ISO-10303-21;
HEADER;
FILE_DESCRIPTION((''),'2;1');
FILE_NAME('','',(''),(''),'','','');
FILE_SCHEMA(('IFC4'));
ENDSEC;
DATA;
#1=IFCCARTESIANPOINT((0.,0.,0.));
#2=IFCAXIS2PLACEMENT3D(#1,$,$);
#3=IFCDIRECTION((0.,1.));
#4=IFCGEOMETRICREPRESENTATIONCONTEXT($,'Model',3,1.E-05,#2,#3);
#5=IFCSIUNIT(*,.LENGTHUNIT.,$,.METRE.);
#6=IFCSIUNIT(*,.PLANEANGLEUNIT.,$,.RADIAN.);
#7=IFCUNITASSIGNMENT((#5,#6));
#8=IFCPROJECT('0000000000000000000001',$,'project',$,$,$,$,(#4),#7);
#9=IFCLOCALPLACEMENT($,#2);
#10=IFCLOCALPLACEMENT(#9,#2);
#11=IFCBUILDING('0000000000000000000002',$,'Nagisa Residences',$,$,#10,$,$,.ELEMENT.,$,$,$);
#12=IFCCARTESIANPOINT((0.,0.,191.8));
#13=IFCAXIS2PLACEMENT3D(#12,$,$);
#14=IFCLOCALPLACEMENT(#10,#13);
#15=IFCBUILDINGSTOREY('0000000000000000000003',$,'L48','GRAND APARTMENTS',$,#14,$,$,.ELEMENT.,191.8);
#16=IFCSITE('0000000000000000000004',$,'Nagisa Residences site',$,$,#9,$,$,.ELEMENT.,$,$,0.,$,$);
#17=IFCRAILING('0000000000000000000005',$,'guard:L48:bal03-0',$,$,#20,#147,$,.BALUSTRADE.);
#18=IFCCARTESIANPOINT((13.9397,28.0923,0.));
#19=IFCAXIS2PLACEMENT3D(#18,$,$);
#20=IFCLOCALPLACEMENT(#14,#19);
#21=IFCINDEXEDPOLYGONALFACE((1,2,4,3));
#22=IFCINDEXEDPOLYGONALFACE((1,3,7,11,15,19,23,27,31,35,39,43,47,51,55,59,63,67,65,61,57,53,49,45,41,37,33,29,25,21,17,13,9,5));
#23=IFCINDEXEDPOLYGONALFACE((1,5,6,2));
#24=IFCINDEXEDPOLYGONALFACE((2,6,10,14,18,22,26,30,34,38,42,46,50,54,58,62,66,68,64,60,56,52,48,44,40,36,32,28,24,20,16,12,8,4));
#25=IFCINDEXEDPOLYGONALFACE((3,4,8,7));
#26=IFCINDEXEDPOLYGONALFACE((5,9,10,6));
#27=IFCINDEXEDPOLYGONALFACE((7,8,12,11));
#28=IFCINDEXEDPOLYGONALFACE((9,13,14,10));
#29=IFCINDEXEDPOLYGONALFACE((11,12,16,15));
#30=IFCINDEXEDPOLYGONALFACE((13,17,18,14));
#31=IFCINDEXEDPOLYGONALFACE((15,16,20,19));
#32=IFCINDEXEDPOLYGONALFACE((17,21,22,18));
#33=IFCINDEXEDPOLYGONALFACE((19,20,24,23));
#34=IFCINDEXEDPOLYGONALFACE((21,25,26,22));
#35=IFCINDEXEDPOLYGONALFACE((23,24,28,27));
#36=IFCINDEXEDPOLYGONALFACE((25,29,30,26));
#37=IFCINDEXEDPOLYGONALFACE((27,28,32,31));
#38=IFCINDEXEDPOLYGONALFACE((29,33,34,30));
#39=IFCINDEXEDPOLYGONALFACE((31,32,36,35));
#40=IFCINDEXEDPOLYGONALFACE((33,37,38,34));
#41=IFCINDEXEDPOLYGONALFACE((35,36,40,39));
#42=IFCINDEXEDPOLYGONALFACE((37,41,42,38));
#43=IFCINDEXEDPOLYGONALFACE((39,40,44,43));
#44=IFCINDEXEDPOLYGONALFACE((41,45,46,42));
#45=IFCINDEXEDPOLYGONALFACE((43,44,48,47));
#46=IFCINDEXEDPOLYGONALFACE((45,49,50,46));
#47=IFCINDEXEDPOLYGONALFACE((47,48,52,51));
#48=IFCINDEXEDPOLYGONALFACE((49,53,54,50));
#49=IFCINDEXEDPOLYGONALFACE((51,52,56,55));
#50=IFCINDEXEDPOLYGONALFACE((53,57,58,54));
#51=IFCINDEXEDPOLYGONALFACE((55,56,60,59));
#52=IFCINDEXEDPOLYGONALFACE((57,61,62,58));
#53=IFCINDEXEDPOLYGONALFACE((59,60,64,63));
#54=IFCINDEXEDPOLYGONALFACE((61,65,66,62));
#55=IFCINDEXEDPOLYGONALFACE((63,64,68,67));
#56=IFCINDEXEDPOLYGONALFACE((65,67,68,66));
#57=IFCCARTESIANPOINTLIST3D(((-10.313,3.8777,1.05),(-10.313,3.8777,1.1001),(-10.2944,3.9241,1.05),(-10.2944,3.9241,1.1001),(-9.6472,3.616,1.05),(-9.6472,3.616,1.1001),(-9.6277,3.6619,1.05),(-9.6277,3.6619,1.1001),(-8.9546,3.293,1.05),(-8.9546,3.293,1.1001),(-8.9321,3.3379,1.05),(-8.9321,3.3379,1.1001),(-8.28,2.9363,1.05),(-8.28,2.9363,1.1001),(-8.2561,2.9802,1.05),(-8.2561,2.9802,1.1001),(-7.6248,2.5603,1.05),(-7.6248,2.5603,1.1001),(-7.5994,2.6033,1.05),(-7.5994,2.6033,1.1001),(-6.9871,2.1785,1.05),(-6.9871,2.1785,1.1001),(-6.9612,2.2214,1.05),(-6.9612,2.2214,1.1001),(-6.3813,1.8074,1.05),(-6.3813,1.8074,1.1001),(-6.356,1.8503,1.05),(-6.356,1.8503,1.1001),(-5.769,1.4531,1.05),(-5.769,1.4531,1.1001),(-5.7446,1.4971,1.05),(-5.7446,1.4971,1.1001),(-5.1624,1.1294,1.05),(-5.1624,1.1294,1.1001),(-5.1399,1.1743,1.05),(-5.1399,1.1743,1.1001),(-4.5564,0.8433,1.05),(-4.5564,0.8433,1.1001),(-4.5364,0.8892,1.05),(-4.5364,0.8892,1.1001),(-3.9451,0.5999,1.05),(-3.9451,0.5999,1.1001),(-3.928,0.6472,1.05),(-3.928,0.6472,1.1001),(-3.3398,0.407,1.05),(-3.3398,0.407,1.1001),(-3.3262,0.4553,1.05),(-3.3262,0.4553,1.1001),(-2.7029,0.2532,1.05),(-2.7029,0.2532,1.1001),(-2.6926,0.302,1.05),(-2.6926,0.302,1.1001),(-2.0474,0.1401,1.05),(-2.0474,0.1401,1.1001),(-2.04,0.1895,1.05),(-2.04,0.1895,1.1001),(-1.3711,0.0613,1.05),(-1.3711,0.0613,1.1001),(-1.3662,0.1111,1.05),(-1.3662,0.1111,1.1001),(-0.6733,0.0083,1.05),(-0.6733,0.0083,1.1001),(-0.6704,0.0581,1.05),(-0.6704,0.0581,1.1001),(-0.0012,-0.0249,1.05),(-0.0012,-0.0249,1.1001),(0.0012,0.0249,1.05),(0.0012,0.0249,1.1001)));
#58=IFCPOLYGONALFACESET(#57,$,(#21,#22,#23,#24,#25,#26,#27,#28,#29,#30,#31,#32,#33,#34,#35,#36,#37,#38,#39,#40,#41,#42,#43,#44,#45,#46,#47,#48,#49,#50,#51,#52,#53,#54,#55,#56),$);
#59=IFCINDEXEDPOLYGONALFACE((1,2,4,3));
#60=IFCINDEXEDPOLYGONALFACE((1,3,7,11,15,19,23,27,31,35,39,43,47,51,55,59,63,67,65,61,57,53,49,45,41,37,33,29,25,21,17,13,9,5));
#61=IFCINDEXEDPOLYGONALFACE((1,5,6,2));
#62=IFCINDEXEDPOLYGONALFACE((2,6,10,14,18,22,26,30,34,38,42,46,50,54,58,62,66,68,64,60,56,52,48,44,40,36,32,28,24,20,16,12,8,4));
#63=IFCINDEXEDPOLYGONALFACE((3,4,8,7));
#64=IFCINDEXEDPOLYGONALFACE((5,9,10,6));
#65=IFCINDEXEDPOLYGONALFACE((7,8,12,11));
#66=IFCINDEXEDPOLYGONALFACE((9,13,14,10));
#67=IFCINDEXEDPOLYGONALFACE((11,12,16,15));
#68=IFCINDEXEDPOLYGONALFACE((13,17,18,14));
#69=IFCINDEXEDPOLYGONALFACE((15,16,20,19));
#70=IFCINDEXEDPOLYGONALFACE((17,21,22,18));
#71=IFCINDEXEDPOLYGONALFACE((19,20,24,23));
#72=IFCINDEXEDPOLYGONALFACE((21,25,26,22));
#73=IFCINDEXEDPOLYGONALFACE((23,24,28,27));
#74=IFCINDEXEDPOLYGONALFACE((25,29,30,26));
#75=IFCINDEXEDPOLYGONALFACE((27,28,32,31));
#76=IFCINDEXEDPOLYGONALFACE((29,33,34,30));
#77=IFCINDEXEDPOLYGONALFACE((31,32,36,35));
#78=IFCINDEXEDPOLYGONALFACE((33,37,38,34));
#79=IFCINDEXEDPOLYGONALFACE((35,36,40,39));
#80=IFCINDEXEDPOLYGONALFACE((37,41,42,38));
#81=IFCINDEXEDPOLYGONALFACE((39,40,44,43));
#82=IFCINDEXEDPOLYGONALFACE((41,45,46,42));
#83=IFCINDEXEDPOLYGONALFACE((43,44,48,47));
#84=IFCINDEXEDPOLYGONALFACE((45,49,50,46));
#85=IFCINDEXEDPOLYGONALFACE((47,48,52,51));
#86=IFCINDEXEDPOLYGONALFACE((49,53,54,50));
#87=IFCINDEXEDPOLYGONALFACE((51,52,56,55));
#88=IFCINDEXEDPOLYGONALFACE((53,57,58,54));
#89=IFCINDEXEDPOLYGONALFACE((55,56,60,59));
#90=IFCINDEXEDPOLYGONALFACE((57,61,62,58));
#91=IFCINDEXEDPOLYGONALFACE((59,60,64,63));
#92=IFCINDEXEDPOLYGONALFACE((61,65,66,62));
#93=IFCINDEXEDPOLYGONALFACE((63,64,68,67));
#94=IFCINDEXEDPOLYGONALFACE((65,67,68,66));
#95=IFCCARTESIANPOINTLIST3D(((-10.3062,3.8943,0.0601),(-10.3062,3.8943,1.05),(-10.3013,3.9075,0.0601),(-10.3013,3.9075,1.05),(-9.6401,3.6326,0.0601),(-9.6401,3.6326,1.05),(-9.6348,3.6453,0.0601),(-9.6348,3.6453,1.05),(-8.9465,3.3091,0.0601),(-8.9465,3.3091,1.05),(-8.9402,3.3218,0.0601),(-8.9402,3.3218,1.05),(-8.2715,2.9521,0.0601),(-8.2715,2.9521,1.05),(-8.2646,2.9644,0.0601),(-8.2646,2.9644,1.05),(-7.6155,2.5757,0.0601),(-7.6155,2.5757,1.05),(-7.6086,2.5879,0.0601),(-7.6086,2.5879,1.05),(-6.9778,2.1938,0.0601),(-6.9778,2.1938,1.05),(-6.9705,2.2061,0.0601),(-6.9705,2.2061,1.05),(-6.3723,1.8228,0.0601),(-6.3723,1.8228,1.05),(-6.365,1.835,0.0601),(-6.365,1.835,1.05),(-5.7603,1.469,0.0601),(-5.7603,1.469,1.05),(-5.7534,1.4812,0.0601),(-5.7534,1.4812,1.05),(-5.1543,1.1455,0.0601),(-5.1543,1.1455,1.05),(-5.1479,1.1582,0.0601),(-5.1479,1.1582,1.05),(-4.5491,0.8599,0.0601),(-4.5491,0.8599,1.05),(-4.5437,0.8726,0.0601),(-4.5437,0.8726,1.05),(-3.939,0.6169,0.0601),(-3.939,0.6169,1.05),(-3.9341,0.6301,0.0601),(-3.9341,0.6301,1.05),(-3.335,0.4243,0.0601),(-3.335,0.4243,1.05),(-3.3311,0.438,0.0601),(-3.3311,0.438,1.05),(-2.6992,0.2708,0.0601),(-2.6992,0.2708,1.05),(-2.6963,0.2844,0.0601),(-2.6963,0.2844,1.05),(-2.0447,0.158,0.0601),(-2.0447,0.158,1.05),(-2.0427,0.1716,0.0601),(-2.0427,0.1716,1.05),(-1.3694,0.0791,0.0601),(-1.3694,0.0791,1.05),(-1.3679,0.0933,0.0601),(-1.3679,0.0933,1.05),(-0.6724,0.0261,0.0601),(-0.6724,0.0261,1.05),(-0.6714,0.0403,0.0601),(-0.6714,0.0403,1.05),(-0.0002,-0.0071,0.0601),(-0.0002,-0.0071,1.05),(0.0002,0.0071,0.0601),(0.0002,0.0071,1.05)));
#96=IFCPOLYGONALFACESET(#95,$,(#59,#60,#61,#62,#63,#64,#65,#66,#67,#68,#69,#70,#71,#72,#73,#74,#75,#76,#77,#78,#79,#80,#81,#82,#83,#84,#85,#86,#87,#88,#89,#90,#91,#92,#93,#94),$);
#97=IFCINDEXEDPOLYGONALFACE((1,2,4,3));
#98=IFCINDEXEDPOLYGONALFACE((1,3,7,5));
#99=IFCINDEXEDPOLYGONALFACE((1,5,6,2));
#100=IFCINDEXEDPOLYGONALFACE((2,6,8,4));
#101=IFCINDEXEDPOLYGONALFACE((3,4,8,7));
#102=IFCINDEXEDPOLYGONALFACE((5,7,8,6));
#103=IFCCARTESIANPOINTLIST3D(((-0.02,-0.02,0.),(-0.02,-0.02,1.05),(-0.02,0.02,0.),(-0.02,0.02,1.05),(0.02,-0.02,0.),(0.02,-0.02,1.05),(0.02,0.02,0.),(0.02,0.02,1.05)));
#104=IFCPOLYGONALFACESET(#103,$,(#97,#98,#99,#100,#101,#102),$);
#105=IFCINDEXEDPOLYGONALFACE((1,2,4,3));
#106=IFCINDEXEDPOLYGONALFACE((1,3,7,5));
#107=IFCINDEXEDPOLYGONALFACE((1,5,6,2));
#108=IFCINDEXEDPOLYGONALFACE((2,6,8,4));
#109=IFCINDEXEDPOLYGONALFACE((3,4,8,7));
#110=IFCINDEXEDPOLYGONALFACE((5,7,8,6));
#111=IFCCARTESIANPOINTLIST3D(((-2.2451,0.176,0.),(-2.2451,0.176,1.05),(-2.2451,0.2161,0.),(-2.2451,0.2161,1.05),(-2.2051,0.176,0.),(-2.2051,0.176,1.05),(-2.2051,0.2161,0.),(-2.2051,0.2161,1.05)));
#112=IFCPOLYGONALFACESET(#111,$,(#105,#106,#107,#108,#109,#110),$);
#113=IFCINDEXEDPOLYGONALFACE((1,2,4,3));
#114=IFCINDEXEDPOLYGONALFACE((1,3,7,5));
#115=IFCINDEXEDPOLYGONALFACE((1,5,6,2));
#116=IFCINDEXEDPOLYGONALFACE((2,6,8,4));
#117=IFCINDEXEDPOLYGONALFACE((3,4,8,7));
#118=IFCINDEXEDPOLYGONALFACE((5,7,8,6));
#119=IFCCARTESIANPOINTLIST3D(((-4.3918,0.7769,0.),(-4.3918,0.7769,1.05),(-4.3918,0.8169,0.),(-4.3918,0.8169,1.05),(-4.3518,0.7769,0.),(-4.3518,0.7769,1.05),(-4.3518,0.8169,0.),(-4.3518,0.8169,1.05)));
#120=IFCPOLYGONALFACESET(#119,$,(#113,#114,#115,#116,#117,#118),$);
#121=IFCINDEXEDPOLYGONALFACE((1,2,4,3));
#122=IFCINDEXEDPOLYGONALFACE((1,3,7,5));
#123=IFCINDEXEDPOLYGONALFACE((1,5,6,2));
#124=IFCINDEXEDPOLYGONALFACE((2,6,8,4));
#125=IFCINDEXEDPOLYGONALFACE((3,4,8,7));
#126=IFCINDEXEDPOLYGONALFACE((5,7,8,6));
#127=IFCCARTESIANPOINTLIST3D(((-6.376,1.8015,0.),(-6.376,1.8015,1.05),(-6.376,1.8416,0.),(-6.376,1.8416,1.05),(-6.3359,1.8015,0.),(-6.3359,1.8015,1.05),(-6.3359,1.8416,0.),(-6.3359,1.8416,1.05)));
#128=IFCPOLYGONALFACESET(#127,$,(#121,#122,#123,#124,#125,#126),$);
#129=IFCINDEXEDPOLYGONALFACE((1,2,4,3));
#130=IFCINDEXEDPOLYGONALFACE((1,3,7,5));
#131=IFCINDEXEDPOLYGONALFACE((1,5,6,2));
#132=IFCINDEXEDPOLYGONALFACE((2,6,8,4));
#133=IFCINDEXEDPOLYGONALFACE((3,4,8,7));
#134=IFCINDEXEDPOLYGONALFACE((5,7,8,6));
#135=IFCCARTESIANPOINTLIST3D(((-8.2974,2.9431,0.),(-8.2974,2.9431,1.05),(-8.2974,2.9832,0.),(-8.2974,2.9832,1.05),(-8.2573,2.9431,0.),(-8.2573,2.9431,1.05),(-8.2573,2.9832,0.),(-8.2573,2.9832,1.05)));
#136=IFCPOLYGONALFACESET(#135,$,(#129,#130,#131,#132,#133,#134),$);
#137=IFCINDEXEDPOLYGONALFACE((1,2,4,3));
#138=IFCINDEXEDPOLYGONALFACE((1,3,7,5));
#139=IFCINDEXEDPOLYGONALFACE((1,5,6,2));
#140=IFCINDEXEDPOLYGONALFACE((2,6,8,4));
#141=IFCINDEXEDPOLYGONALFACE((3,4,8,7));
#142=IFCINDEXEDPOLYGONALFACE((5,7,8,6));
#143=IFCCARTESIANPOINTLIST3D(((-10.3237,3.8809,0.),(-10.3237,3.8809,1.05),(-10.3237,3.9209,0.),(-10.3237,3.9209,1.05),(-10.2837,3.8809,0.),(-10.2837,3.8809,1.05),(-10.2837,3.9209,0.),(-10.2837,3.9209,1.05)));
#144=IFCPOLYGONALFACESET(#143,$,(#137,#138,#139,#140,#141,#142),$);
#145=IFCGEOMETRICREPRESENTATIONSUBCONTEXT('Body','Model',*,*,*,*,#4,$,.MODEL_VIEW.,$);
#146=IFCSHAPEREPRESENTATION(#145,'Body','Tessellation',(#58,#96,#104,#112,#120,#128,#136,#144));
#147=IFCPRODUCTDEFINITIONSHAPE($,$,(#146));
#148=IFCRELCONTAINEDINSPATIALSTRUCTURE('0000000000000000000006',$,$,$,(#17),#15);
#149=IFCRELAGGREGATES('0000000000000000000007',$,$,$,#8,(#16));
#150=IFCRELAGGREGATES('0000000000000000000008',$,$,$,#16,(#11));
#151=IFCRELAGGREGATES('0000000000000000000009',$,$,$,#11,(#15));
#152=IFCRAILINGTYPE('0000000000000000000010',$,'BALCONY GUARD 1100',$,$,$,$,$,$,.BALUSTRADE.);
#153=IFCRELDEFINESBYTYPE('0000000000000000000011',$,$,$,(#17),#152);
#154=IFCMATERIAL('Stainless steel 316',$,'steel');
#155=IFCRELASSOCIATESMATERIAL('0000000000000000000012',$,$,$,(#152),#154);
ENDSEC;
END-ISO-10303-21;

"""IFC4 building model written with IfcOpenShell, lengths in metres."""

from ifc_helpers import new_model, si_unit, direction, frame, origin, origin_2d, place, context, subcontext, project, spatial, polyline, rectangle, outline, extrude, material, type_object, element, save


model = new_model("IFC4")

# Units and contexts
model_context = context("Model", 3, precision=1e-05, world=origin(), true_north=direction((0.0, 1.0)))
body_context = subcontext(model_context, "Body", "Model", "MODEL_VIEW")
ifc_project = project(units=[si_unit("LENGTHUNIT", "METRE"), si_unit("PLANEANGLEUNIT", "RADIAN")], contexts=[model_context])

# Site, building, storey
site_placement = place(None, origin())
site = spatial("IfcSite", under=ifc_project, at=site_placement, Name="Nagisa Residences site", CompositionType="ELEMENT", RefElevation=0.0)
building_placement = place(site_placement, origin())
building = spatial("IfcBuilding", under=site, at=building_placement, Name="Nagisa Residences", CompositionType="ELEMENT")
storey_placement = place(building_placement, frame((0.0, 0.0, 191.8)))
storey = spatial("IfcBuildingStorey", under=building, at=storey_placement, Name="L48", Description="GRAND APARTMENTS", CompositionType="ELEMENT", Elevation=191.8)

# Railing
ifc_material_1 = material(Name="Stainless steel 316", Category="steel")
railing_type = type_object("IfcRailingType", Name="BALCONY GUARD 1100", PredefinedType="BALUSTRADE", material=ifc_material_1)
railing_1_placement = place(storey_placement, frame((13.9397, 28.0923, 0.0)))
element("IfcRailing", 1, at=railing_1_placement, inside=storey, type_object=railing_type, Name="guard:L48:bal03-0", PredefinedType="BALUSTRADE", context=body_context, shape_type="SweptSolid", body=[
    extrude(outline(polyline([(-0.6733, 0.0083), (-0.0012, -0.0249), (0.0012, 0.0249), (-0.6704, 0.0581), (-1.3662, 0.1111), (-2.04, 0.1895), (-2.6926, 0.302), (-3.3262, 0.4553), (-3.928, 0.6472), (-4.5364, 0.8892), (-5.1399, 1.1743), (-5.7446, 1.4971), (-6.356, 1.8503), (-6.9612, 2.2214), (-7.5994, 2.6033), (-8.2561, 2.9802), (-8.9321, 3.3379), (-9.6277, 3.6619), (-10.2944, 3.9241), (-10.313, 3.8777), (-9.6472, 3.616), (-8.9546, 3.293), (-8.28, 2.9363), (-7.6248, 2.5603), (-6.9871, 2.1785), (-6.3813, 1.8074), (-5.769, 1.4531), (-5.1624, 1.1294), (-4.5564, 0.8433), (-3.9451, 0.5999), (-3.3398, 0.407), (-2.7029, 0.2532), (-2.0474, 0.1401), (-1.3711, 0.0613), (-0.6733, 0.0083)])), frame((0.0, 0.0, 1.05)), (0.0, 0.0, 1.0), 0.05),
    extrude(outline(polyline([(-0.6724, 0.0261), (-0.0002, -0.0071), (0.0002, 0.0071), (-0.6714, 0.0403), (-1.3679, 0.0933), (-2.0427, 0.1716), (-2.6963, 0.2844), (-3.3311, 0.438), (-3.9341, 0.6301), (-4.5437, 0.8726), (-5.1479, 1.1582), (-5.7534, 1.4812), (-6.365, 1.835), (-6.9705, 2.2061), (-7.6086, 2.5879), (-8.2646, 2.9644), (-8.9402, 3.3218), (-9.6348, 3.6453), (-10.3013, 3.9075), (-10.3062, 3.8943), (-9.6401, 3.6326), (-8.9465, 3.3091), (-8.2715, 2.9521), (-7.6155, 2.5757), (-6.9778, 2.1938), (-6.3723, 1.8228), (-5.7603, 1.469), (-5.1543, 1.1455), (-4.5491, 0.8599), (-3.939, 0.6169), (-3.335, 0.4243), (-2.6992, 0.2708), (-2.0447, 0.158), (-1.3694, 0.0791), (-0.6724, 0.0261)])), frame((0.0, 0.0, 0.0601)), (0.0, 0.0, 1.0), 0.99),
    extrude(rectangle(XDim=0.04, YDim=0.04, at=origin_2d()), origin(), (0.0, 0.0, 1.0), 1.05),
    extrude(rectangle(XDim=0.04, YDim=0.04, at=origin_2d()), frame((-2.2251, 0.196, 0.0)), (0.0, 0.0, 1.0), 1.05),
    extrude(rectangle(XDim=0.04, YDim=0.04, at=origin_2d()), frame((-4.3718, 0.7969, 0.0)), (0.0, 0.0, 1.0), 1.05),
    extrude(rectangle(XDim=0.04, YDim=0.04, at=origin_2d()), frame((-6.356, 1.8215, 0.0)), (0.0, 0.0, 1.0), 1.05),
    extrude(rectangle(XDim=0.04, YDim=0.04, at=origin_2d()), frame((-8.2773, 2.9631, 0.0)), (0.0, 0.0, 1.0), 1.05),
    extrude(rectangle(XDim=0.04, YDim=0.04, at=origin_2d()), frame((-10.3037, 3.9009, 0.0)), (0.0, 0.0, 1.0), 1.05),
])

save(model, "model.ifc")
